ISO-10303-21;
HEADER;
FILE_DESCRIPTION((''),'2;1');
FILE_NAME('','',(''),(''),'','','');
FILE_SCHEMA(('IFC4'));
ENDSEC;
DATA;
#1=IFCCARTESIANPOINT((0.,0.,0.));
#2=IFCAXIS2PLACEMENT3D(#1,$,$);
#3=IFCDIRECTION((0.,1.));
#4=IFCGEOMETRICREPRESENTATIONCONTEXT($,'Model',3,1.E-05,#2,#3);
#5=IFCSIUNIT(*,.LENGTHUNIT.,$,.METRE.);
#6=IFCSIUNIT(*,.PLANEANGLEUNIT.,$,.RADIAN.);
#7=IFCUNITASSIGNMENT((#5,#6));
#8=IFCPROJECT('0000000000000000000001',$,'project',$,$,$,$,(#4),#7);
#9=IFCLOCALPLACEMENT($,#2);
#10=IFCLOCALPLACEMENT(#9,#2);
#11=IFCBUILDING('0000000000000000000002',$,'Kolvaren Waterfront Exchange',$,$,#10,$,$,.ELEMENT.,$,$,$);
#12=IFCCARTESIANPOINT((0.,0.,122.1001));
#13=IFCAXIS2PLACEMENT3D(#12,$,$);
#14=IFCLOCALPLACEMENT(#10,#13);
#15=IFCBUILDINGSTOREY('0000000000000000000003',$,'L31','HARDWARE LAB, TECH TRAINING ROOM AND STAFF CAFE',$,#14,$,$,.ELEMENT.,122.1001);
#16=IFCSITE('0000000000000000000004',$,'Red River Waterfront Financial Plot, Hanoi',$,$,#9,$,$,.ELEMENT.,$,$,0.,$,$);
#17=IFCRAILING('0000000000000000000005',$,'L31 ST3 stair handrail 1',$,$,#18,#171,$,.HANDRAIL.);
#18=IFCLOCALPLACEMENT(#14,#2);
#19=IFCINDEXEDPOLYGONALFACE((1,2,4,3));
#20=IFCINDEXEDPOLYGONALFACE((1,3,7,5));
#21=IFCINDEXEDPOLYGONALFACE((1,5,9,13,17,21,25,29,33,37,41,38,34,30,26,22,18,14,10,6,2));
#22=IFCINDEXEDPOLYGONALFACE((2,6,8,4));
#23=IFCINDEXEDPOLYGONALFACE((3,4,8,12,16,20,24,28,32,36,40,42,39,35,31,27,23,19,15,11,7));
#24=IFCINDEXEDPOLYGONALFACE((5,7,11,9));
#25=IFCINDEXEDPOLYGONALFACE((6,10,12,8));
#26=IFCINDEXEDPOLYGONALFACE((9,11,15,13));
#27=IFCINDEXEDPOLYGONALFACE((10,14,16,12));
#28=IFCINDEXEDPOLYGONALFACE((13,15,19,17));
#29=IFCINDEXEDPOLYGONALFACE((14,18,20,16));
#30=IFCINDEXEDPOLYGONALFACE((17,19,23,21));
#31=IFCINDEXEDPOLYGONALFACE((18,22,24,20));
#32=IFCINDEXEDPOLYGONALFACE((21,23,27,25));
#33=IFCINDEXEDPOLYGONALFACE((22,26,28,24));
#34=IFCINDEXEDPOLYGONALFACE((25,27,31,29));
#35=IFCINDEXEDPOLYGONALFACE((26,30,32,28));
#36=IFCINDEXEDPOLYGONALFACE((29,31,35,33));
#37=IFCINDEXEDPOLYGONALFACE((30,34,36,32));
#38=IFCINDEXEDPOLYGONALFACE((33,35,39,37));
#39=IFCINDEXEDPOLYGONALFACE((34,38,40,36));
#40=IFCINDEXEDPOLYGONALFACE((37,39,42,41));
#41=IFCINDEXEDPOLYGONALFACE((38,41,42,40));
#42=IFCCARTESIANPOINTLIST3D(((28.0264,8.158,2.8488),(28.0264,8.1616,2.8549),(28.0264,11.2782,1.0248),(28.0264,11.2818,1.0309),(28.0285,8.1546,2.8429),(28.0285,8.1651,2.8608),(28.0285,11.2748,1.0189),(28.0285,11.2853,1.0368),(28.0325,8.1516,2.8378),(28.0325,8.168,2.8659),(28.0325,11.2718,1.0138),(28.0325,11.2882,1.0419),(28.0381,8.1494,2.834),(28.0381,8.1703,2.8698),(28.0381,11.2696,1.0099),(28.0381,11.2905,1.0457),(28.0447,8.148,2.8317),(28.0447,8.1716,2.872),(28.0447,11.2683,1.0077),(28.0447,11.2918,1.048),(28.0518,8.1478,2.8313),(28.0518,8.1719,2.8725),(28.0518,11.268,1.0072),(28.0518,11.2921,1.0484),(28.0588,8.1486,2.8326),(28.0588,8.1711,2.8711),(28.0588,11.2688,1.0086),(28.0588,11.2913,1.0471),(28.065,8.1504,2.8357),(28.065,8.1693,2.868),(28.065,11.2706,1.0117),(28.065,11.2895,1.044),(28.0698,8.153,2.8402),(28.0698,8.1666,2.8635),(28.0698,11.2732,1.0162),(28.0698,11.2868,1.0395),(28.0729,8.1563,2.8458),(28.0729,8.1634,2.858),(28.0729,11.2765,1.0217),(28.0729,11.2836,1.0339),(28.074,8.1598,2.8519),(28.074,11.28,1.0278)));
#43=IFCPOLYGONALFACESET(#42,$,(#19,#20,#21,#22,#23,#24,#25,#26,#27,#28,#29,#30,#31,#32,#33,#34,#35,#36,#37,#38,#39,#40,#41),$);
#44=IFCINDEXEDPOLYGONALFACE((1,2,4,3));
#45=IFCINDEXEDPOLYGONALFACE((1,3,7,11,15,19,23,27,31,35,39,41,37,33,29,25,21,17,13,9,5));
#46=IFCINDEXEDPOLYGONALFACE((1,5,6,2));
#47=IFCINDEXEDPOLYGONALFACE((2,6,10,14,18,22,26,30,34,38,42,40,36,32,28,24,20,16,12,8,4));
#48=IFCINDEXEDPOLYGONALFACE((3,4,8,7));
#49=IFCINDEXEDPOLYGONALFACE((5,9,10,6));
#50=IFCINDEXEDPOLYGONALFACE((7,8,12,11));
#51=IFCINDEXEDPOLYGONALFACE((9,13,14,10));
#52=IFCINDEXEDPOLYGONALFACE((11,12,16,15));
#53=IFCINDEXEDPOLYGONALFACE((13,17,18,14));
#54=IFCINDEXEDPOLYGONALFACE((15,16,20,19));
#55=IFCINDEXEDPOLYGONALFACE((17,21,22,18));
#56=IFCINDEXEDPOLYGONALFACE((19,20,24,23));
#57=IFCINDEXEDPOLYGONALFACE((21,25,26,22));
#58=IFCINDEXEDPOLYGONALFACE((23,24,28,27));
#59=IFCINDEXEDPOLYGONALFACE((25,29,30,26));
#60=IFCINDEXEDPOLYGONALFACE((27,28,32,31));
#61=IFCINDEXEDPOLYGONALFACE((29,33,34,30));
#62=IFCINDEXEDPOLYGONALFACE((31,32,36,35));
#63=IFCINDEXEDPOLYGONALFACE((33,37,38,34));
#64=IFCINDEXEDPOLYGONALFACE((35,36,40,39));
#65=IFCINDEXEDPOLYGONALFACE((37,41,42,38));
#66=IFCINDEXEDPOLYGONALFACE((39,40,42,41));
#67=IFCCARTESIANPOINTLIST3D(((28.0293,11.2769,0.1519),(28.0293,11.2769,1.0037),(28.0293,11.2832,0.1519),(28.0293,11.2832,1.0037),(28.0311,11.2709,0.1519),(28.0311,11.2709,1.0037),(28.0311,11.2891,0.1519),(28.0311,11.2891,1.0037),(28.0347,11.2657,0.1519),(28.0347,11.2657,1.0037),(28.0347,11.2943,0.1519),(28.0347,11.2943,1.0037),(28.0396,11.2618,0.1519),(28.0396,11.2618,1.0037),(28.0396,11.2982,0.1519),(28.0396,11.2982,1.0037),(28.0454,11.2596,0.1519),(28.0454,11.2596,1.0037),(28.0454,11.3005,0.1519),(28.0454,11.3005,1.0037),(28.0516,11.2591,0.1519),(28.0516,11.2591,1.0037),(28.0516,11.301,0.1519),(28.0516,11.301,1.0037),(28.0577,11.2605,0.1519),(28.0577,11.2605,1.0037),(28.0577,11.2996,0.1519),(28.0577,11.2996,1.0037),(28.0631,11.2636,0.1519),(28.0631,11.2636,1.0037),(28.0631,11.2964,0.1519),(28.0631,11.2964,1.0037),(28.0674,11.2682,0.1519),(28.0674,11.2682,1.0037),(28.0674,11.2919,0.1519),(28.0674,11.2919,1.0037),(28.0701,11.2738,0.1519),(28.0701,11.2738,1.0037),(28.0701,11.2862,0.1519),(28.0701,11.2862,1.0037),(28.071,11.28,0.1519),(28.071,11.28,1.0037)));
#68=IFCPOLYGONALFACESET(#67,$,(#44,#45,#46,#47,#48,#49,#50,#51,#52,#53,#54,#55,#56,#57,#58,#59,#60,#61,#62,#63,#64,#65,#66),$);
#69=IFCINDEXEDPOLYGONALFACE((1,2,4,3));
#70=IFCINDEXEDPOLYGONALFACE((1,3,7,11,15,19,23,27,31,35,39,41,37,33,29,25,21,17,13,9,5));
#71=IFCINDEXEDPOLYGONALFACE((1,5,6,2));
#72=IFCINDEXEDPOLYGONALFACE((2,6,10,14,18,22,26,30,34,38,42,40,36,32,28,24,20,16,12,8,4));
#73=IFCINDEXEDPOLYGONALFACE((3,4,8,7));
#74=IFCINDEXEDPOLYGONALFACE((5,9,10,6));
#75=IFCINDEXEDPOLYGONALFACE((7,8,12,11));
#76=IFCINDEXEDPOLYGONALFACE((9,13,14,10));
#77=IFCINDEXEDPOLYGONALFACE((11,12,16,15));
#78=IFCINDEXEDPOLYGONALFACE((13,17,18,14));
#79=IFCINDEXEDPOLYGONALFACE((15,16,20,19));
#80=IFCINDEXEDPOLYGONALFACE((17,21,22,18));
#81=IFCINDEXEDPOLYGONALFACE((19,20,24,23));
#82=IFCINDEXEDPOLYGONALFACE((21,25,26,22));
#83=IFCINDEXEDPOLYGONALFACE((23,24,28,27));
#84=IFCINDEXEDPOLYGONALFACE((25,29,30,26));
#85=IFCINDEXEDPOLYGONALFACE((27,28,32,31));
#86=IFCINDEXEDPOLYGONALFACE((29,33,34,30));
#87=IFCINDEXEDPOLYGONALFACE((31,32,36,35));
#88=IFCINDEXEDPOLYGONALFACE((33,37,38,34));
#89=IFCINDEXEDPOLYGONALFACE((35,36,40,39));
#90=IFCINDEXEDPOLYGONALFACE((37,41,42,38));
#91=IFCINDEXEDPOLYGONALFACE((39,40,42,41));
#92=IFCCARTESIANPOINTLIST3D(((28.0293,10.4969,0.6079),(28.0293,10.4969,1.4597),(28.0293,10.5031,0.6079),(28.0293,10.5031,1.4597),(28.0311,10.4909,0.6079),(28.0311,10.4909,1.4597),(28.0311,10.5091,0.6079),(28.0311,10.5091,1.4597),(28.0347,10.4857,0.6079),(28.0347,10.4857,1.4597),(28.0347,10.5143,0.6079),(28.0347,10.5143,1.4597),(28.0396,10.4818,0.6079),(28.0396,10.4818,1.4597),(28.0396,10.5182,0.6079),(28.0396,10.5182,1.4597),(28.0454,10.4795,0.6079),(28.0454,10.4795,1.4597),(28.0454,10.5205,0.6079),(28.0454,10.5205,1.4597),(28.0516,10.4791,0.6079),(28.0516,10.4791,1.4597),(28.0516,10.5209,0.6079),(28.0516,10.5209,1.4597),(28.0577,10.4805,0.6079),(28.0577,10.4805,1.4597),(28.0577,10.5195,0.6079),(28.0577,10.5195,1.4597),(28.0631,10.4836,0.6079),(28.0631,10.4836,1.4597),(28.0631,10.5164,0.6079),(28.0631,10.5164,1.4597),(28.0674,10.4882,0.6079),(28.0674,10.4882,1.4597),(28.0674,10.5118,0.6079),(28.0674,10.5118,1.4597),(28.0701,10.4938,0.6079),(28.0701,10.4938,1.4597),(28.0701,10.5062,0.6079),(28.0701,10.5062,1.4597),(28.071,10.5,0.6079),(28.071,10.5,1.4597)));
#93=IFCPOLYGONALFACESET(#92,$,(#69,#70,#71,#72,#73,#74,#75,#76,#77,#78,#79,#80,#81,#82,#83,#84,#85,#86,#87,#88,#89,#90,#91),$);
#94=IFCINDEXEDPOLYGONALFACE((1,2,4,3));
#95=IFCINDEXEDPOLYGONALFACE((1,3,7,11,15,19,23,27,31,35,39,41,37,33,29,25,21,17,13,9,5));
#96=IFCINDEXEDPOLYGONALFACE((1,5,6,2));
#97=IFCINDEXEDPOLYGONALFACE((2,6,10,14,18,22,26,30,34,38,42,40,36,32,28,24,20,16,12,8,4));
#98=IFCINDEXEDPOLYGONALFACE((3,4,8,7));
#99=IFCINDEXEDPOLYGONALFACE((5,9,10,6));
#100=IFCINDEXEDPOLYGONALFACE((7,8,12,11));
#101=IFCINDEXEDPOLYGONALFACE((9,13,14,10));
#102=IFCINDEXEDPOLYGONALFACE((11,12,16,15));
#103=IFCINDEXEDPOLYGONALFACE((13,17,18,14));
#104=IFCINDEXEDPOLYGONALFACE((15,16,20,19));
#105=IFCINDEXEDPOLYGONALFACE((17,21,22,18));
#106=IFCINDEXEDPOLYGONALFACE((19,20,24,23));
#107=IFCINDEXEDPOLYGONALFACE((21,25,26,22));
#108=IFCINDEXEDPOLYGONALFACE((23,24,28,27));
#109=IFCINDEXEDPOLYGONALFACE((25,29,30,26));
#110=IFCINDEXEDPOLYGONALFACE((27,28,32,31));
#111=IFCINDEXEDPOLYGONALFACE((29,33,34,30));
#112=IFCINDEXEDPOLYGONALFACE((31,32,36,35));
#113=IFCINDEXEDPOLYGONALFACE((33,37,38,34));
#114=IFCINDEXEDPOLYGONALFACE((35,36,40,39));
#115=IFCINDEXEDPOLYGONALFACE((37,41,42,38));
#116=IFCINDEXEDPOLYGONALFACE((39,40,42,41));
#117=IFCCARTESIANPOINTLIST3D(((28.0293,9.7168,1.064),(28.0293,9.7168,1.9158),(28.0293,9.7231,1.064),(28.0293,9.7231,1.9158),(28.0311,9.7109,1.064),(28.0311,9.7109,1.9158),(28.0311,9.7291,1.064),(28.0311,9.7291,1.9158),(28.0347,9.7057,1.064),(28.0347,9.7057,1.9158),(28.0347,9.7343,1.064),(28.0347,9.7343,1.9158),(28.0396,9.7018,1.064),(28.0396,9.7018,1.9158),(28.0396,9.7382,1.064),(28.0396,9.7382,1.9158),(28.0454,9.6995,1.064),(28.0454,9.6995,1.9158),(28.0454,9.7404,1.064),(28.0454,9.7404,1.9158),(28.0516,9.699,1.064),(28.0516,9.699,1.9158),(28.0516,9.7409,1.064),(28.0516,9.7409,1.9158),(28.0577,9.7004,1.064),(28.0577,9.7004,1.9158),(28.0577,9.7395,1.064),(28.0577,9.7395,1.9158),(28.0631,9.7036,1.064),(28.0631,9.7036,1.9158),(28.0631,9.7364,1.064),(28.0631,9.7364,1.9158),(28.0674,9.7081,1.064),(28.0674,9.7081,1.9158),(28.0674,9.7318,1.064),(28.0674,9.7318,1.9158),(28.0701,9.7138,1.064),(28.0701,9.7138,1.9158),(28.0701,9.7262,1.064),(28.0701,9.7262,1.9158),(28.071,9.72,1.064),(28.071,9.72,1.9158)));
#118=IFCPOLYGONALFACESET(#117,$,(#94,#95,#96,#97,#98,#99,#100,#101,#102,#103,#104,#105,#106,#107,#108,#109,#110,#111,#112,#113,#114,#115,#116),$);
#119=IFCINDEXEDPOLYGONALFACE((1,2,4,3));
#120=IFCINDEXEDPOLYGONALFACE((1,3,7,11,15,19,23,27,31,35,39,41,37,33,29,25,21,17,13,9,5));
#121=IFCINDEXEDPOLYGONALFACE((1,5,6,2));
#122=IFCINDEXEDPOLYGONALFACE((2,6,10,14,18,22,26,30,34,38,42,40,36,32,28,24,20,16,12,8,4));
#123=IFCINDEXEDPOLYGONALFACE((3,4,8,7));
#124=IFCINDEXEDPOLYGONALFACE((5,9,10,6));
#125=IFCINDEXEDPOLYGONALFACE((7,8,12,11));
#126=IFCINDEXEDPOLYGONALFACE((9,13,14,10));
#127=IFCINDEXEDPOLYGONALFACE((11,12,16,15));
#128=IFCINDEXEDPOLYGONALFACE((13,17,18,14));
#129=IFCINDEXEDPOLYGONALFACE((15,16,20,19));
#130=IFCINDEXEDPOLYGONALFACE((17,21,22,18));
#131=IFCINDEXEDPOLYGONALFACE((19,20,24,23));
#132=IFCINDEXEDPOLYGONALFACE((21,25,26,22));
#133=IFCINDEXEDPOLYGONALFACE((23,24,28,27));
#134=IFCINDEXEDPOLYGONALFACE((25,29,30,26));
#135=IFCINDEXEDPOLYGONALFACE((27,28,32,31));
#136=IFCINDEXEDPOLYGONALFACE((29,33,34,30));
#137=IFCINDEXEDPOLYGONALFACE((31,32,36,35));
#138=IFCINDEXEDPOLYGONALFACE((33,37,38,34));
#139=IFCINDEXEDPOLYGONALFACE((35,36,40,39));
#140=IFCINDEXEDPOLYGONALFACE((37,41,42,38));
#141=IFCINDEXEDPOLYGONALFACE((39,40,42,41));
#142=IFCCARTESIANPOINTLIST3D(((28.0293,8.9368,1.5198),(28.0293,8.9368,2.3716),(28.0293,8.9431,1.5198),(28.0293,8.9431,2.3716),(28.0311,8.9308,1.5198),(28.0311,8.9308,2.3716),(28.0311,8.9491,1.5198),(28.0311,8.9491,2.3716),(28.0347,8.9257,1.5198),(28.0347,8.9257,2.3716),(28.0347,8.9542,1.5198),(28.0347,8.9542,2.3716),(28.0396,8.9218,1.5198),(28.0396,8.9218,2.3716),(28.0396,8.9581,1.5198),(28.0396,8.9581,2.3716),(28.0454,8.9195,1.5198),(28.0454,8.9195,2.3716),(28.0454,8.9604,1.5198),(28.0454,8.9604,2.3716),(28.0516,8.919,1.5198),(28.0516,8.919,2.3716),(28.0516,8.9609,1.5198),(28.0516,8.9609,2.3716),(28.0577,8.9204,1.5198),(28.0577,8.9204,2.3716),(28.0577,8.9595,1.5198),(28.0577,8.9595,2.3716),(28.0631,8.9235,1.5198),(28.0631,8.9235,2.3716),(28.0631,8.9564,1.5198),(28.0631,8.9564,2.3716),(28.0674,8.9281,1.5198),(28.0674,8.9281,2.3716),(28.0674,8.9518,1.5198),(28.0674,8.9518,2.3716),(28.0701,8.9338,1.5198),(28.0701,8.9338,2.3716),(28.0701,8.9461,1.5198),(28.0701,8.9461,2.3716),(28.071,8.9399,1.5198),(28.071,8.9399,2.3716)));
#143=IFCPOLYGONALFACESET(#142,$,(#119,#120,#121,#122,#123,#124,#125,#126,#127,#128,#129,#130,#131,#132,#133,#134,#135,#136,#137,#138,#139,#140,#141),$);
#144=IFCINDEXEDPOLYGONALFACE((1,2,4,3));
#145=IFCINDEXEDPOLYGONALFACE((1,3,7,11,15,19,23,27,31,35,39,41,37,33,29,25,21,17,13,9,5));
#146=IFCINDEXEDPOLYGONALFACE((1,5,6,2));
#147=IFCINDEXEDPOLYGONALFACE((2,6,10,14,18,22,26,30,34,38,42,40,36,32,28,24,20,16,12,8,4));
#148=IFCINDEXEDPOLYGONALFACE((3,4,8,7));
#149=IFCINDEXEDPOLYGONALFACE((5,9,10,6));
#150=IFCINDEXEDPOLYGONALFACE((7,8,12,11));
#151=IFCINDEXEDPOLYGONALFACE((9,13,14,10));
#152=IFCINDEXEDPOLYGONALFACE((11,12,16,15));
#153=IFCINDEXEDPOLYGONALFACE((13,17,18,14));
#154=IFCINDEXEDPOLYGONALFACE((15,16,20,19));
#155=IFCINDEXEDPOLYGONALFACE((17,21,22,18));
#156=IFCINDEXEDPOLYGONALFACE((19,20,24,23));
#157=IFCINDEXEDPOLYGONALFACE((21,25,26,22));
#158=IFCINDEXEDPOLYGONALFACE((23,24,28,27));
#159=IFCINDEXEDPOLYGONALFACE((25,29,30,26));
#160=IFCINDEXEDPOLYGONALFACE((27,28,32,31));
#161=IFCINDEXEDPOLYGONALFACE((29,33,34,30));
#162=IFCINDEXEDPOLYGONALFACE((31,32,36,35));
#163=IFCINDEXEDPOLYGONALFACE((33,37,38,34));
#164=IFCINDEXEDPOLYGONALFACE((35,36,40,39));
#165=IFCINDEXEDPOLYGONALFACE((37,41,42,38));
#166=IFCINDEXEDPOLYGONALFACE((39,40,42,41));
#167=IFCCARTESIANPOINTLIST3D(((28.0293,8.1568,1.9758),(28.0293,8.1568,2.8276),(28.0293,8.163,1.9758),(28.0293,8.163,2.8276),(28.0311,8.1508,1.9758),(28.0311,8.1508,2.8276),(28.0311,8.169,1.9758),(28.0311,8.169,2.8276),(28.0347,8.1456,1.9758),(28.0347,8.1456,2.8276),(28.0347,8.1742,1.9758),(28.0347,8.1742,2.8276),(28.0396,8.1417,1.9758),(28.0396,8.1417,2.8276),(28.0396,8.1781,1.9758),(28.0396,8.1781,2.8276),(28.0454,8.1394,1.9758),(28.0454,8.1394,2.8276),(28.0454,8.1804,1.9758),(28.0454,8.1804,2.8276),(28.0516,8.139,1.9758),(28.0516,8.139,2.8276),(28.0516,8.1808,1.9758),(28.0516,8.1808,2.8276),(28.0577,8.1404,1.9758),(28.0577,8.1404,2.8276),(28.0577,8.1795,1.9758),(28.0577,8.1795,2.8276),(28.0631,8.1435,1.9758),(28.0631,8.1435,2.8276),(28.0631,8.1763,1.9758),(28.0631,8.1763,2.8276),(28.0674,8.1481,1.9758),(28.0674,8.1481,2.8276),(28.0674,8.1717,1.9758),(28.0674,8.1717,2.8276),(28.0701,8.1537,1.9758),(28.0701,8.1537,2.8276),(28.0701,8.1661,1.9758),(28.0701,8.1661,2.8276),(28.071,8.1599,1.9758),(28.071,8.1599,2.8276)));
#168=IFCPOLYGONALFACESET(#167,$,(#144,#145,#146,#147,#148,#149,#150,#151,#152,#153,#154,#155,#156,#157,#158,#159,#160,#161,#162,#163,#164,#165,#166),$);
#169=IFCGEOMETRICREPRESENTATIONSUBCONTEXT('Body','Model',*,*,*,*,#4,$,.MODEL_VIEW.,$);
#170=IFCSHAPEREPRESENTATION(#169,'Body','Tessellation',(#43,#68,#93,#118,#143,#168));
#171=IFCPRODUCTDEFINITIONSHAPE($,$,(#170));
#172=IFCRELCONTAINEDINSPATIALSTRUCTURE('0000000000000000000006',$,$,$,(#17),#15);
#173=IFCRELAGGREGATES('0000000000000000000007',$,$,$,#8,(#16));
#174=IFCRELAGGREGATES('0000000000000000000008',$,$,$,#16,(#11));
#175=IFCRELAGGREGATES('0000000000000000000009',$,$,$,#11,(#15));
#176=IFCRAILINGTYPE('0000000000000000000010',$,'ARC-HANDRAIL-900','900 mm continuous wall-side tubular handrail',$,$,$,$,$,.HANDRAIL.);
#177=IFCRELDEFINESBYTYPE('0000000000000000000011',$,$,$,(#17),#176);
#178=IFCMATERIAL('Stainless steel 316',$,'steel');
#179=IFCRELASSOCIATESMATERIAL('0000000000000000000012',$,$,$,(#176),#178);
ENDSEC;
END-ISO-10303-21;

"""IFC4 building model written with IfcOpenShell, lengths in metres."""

from ifc_helpers import new_model, si_unit, direction, frame, origin, origin_2d, place, context, subcontext, project, spatial, circle, extrude, material, type_object, element, save


model = new_model("IFC4")

# Units and contexts
model_context = context("Model", 3, precision=1e-05, world=origin(), true_north=direction((0.0, 1.0)))
body_context = subcontext(model_context, "Body", "Model", "MODEL_VIEW")
ifc_project = project(units=[si_unit("LENGTHUNIT", "METRE"), si_unit("PLANEANGLEUNIT", "RADIAN")], contexts=[model_context])

# Site, building, storey
site_placement = place(None, origin())
site = spatial("IfcSite", under=ifc_project, at=site_placement, Name="Red River Waterfront Financial Plot, Hanoi", CompositionType="ELEMENT", RefElevation=0.0)
building_placement = place(site_placement, origin())
building = spatial("IfcBuilding", under=site, at=building_placement, Name="Kolvaren Waterfront Exchange", CompositionType="ELEMENT")
storey_placement = place(building_placement, frame((0.0, 0.0, 122.1001)))
storey = spatial("IfcBuildingStorey", under=building, at=storey_placement, Name="L31", Description="HARDWARE LAB, TECH TRAINING ROOM AND STAFF CAFE", CompositionType="ELEMENT", Elevation=122.1001)

# Railing
ifc_material_1 = material(Name="Stainless steel 316", Category="steel")
railing_type = type_object("IfcRailingType", Name="ARC-HANDRAIL-900", Description="900 mm continuous wall-side tubular handrail", PredefinedType="HANDRAIL", material=ifc_material_1)
railing_1_placement = place(storey_placement, frame((28.05, 11.28, 0.1519)))
element("IfcRailing", 1, at=railing_1_placement, inside=storey, type_object=railing_type, Name="L31 ST3 stair handrail 1", PredefinedType="HANDRAIL", context=body_context, shape_type="SweptSolid", body=[
    extrude(circle(Radius=0.0239, at=origin_2d()), frame((0.0, 0.0, 0.876), z_axis=(0.0, -0.863308, 0.504677), x_axis=(1.0, 0.0, 0.0)), (0.0, 0.0, 1.0), 3.6143),
    extrude(circle(Radius=0.021, at=origin_2d()), origin(), (0.0, 0.0, 1.0), 0.8518),
    extrude(circle(Radius=0.021, at=origin_2d()), frame((0.0, -0.78, 0.4561)), (0.0, 0.0, 1.0), 0.8518),
    extrude(circle(Radius=0.021, at=origin_2d()), frame((0.0, -1.5601, 0.9121)), (0.0, 0.0, 1.0), 0.8518),
    extrude(circle(Radius=0.021, at=origin_2d()), frame((0.0, -2.3401, 1.3679)), (0.0, 0.0, 1.0), 0.8518),
    extrude(circle(Radius=0.021, at=origin_2d()), frame((0.0, -3.1201, 1.824)), (0.0, 0.0, 1.0), 0.8518),
])

save(model, "model.ifc")
